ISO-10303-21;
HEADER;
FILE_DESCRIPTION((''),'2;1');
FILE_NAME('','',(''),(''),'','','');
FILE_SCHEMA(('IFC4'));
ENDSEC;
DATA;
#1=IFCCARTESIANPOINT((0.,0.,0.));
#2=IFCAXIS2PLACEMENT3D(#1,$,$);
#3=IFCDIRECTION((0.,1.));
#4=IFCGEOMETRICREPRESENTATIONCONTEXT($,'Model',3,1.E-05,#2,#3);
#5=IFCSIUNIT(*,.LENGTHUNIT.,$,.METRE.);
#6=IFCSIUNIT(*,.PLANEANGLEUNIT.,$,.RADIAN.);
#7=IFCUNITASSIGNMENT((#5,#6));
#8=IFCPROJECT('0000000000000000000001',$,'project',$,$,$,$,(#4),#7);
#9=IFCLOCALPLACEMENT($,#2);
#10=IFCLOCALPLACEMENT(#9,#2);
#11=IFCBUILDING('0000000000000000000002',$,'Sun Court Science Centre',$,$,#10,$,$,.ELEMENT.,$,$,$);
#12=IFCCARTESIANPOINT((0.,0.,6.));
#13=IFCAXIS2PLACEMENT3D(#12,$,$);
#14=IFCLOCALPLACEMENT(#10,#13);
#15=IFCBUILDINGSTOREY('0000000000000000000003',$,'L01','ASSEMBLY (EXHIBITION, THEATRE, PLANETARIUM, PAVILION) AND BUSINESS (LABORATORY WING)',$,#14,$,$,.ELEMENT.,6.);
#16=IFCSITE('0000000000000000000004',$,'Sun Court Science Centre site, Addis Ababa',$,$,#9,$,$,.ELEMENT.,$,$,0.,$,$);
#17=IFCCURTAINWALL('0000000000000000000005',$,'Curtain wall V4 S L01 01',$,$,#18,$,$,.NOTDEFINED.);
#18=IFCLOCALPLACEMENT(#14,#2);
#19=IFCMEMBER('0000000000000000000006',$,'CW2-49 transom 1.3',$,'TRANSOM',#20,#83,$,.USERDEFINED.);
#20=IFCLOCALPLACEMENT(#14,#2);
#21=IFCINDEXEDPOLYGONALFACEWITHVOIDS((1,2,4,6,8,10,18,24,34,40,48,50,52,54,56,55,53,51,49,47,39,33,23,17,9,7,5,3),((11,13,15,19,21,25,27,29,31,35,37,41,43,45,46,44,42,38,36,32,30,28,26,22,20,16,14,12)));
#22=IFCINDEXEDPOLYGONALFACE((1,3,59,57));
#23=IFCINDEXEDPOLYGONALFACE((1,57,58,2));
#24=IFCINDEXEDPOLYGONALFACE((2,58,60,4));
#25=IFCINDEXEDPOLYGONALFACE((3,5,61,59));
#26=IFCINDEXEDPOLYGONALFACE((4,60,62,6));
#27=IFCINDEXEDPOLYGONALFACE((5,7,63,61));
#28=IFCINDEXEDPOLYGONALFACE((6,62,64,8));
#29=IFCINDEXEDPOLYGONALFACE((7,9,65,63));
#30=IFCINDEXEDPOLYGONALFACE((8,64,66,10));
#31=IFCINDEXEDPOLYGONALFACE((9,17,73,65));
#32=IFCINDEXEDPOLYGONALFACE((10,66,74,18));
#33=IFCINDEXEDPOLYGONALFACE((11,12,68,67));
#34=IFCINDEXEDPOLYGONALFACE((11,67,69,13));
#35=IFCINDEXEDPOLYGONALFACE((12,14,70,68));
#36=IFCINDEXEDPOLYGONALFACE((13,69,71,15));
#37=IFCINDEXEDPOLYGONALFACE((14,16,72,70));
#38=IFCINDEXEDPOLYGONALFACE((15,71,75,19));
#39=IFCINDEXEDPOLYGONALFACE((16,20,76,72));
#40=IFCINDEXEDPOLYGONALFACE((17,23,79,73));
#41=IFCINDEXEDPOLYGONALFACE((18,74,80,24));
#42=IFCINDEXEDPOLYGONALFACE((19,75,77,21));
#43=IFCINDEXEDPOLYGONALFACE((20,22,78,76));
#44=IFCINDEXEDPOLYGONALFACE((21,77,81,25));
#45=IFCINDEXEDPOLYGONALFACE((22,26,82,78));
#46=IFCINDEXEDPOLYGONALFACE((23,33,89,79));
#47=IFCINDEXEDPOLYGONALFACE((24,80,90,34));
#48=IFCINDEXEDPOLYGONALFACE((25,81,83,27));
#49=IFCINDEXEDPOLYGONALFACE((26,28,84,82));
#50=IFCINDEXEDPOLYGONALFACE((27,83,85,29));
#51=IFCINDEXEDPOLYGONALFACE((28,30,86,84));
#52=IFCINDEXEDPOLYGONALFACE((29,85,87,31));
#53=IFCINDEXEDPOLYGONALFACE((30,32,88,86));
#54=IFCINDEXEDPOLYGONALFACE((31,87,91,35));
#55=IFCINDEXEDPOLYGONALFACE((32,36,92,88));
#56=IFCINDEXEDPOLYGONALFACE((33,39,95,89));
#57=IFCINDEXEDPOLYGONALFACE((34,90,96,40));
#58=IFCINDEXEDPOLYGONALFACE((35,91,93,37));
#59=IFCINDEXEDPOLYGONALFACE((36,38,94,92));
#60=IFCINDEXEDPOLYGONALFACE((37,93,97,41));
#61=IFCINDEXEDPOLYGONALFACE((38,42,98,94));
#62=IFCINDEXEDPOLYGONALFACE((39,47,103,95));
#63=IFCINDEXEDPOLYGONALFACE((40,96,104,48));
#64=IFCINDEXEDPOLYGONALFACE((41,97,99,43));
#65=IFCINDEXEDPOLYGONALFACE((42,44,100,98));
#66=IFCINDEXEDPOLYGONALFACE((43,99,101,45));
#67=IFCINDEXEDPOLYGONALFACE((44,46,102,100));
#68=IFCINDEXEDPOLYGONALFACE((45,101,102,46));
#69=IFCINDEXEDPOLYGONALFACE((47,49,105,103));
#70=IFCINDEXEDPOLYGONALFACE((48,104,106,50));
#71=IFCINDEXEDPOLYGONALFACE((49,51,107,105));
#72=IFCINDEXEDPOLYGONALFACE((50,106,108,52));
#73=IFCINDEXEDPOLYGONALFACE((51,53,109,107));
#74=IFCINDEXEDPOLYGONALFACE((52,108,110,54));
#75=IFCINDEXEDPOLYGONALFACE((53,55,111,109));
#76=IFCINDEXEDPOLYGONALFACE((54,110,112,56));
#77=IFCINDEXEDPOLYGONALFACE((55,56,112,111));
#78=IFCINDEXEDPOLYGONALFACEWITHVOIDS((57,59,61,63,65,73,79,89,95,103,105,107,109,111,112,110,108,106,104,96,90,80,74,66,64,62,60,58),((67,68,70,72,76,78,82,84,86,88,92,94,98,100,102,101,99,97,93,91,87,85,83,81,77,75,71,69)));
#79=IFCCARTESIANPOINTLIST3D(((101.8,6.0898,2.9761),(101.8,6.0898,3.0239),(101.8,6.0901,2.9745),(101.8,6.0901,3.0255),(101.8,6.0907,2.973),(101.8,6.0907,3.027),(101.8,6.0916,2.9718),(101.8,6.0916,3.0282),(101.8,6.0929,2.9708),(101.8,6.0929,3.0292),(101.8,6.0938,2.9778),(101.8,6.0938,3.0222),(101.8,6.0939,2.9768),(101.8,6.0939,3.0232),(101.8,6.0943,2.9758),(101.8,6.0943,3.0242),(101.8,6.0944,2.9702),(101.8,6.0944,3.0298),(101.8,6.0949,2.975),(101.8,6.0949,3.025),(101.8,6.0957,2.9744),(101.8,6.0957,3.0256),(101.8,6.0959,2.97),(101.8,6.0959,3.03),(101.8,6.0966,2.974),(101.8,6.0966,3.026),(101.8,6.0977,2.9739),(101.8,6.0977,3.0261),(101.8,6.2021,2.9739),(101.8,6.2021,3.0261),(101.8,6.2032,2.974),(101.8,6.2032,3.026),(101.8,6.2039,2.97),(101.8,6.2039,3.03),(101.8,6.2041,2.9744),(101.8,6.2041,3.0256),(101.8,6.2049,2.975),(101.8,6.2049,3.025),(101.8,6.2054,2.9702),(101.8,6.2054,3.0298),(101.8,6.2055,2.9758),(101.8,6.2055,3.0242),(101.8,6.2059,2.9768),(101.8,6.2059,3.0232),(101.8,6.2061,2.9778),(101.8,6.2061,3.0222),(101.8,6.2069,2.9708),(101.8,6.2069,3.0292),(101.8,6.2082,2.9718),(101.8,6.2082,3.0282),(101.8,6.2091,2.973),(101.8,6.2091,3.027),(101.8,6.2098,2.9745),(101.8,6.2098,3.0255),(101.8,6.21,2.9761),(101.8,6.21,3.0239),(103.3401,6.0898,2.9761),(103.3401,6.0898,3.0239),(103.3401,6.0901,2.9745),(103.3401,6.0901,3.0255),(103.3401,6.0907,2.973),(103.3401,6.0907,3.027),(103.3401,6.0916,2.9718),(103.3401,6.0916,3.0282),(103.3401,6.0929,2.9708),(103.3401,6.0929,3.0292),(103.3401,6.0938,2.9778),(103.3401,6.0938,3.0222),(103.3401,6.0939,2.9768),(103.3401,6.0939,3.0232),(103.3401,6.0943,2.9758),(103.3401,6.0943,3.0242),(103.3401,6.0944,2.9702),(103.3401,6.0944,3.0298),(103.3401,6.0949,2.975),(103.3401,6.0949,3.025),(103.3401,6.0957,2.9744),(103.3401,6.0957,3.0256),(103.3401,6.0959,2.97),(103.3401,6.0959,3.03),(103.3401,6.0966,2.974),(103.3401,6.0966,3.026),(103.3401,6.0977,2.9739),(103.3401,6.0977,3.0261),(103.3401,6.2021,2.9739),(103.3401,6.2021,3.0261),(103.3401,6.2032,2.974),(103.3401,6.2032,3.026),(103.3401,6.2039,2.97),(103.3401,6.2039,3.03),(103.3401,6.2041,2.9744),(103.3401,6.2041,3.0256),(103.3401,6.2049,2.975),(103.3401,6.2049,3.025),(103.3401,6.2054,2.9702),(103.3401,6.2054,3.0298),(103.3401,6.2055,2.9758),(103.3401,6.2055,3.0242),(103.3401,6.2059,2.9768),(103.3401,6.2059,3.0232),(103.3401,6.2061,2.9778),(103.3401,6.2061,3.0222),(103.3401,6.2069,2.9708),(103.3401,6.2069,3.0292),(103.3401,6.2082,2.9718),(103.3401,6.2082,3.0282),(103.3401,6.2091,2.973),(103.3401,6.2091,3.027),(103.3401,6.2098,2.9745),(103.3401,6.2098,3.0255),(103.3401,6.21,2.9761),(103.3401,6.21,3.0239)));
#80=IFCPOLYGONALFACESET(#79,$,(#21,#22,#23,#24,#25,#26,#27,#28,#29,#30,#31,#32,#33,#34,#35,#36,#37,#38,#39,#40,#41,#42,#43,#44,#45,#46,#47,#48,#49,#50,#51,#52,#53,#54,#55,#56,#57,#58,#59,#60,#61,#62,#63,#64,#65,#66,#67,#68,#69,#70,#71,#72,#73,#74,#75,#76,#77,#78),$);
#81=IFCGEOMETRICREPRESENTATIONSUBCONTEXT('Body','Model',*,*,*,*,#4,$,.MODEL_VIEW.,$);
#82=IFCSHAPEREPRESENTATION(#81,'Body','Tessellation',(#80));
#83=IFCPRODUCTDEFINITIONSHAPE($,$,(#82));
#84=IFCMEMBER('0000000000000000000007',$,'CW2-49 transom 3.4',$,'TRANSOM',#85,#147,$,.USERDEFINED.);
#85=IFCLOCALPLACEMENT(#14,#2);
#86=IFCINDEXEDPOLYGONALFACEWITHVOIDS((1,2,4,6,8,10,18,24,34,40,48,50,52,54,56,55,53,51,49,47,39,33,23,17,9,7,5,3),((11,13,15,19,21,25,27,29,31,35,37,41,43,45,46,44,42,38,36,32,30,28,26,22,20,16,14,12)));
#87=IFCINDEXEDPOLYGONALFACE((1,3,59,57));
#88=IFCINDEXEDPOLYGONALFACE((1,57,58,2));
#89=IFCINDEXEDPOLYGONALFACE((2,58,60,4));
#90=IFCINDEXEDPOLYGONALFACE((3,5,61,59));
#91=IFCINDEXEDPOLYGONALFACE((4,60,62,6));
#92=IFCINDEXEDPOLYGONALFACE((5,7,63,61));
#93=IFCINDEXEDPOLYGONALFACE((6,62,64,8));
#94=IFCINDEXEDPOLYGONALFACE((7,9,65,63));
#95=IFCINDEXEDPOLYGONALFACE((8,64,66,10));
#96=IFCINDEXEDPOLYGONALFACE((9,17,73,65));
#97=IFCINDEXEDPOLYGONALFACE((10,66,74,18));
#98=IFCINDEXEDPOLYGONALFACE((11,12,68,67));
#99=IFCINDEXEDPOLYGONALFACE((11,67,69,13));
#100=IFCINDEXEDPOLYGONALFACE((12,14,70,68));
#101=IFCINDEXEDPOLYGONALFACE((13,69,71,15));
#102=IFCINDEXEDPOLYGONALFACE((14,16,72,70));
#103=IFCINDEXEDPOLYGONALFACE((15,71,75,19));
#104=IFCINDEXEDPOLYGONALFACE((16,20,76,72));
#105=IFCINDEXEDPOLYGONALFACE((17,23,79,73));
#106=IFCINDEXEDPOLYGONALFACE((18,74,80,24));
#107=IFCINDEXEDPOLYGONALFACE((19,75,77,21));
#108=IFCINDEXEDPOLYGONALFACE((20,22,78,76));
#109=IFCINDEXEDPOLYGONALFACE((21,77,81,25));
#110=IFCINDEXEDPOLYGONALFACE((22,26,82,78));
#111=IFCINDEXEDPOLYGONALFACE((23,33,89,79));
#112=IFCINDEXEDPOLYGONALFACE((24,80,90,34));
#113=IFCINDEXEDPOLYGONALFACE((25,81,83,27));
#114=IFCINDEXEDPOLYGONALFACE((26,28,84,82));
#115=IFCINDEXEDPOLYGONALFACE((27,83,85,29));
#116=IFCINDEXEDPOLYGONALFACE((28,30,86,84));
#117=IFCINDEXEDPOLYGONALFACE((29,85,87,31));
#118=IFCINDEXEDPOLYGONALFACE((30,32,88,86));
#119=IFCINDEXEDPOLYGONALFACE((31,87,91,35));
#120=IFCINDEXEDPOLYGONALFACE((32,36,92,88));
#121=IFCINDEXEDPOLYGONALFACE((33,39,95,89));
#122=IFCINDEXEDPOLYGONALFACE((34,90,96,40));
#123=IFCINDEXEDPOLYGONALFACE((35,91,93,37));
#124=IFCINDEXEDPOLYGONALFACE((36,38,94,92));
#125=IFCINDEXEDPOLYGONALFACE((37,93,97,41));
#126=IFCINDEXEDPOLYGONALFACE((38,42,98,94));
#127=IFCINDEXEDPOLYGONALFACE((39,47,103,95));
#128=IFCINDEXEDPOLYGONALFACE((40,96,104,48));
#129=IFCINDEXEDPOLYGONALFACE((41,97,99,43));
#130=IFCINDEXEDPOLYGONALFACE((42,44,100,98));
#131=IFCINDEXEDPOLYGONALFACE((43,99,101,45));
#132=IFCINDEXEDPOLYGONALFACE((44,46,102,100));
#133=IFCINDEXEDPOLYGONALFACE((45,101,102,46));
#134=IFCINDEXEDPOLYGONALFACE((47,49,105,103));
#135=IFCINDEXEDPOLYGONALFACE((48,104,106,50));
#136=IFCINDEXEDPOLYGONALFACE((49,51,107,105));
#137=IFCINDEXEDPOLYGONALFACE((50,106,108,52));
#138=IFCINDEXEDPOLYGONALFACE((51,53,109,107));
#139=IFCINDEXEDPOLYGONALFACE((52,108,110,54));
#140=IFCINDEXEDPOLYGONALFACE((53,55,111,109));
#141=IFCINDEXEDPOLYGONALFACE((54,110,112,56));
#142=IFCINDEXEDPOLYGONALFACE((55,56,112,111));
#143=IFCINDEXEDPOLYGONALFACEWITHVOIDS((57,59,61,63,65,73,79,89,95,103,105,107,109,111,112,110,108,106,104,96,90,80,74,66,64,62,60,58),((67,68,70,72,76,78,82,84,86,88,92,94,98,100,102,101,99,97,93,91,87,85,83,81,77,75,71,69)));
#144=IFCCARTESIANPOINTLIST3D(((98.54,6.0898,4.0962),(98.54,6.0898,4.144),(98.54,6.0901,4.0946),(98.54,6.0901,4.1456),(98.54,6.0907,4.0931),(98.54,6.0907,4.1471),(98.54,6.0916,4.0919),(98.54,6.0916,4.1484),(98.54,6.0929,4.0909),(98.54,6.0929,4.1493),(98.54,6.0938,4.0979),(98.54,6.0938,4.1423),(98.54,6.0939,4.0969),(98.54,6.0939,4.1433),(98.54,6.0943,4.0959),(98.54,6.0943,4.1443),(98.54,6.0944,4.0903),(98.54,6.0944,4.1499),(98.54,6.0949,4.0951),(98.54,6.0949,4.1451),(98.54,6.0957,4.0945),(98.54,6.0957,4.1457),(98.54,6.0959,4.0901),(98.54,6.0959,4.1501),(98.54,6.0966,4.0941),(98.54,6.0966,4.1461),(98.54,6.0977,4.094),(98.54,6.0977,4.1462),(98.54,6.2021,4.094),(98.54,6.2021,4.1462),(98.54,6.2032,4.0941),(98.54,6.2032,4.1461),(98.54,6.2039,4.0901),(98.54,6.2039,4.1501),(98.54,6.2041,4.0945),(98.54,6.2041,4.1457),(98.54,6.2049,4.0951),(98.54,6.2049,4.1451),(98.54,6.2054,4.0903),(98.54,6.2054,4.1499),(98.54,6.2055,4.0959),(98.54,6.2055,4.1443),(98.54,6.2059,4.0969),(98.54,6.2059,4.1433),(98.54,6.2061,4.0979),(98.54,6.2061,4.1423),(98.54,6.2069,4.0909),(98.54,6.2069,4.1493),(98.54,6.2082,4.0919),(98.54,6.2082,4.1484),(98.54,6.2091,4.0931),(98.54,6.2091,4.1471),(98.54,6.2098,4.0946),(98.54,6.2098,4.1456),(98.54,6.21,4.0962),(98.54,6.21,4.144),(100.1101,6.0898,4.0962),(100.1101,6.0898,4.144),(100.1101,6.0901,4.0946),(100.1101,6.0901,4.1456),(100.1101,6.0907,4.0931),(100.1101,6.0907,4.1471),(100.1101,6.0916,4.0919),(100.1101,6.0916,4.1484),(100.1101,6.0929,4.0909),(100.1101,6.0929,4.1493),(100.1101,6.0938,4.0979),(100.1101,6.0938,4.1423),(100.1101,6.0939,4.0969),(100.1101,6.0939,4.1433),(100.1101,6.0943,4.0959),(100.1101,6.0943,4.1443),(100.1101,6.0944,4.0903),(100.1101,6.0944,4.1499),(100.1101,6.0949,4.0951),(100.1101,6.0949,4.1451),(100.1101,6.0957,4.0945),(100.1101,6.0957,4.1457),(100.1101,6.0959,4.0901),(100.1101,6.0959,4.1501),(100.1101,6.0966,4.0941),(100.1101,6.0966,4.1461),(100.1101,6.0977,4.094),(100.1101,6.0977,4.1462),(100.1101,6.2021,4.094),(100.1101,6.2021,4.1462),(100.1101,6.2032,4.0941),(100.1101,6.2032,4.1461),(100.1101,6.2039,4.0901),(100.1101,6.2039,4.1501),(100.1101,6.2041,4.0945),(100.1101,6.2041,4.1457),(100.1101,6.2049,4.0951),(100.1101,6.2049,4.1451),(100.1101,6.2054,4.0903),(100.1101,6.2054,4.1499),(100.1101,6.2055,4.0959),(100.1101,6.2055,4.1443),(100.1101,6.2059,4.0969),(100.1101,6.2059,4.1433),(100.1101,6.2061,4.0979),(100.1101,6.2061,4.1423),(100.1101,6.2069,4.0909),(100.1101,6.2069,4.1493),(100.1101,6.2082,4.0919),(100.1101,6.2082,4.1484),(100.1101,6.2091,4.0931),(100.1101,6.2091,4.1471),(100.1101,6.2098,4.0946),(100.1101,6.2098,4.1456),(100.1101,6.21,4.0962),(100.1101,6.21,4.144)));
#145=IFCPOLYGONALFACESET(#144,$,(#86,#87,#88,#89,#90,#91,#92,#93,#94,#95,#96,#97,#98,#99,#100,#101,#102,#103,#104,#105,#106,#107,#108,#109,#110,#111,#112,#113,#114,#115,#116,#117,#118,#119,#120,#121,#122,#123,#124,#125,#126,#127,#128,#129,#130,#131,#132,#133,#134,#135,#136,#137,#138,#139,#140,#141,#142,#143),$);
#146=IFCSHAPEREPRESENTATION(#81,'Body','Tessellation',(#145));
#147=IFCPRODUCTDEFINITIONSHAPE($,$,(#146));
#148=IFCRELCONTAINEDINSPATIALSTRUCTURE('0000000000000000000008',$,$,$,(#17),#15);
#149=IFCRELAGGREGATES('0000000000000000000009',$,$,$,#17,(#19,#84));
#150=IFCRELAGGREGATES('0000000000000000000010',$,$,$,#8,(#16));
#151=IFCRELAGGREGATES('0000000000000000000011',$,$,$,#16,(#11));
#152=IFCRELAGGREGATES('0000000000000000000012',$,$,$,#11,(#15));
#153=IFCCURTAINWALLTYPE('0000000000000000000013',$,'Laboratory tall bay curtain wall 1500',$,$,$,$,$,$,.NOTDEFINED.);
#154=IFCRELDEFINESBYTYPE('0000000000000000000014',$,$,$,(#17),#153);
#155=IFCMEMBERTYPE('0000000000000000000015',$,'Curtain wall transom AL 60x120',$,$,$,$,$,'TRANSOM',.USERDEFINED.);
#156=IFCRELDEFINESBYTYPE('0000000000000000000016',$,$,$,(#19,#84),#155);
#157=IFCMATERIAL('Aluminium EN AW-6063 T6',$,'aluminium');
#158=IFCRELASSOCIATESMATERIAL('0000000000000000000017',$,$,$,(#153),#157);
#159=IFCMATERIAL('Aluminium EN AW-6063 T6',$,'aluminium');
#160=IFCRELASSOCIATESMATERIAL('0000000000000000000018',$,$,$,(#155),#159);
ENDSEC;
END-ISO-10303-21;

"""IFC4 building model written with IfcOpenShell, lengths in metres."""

from ifc_helpers import new_model, si_unit, direction, frame, origin, origin_2d, place, context, subcontext, project, spatial, hollow_rectangle, extrude, material, material_profile, profile_set, type_object, element, aggregate, save


model = new_model("IFC4")

# Units and contexts
model_context = context("Model", 3, precision=1e-05, world=origin(), true_north=direction((0.0, 1.0)))
body_context = subcontext(model_context, "Body", "Model", "MODEL_VIEW")
ifc_project = project(units=[si_unit("LENGTHUNIT", "METRE"), si_unit("PLANEANGLEUNIT", "RADIAN")], contexts=[model_context])

# Site, building, storey
site_placement = place(None, origin())
site = spatial("IfcSite", under=ifc_project, at=site_placement, Name="Sun Court Science Centre site, Addis Ababa", CompositionType="ELEMENT", RefElevation=0.0)
building_placement = place(site_placement, origin())
building = spatial("IfcBuilding", under=site, at=building_placement, Name="Sun Court Science Centre", CompositionType="ELEMENT")
storey_placement = place(building_placement, frame((0.0, 0.0, 6.0)))
storey = spatial("IfcBuildingStorey", under=building, at=storey_placement, Name="L01", Description="ASSEMBLY (EXHIBITION, THEATRE, PLANETARIUM, PAVILION) AND BUSINESS (LABORATORY WING)", CompositionType="ELEMENT", Elevation=6.0)

# Curtain wall, members
ifc_material_1 = material(Name="Aluminium EN AW-6063 T6", Category="aluminium")
curtain_wall_type = type_object("IfcCurtainWallType", Name="Laboratory tall bay curtain wall 1500", PredefinedType="NOTDEFINED", material=ifc_material_1)
curtain_wall_placement = place(storey_placement, origin())
curtain_wall = element("IfcCurtainWall", 1, at=curtain_wall_placement, inside=storey, type_object=curtain_wall_type, Name="Curtain wall V4 S L01 01", PredefinedType="NOTDEFINED")
ifc_material_2 = material(Name="Aluminium EN AW-6063 T6", Category="aluminium")
ifc_material_profile_1 = material_profile(ifc_material_2, hollow_rectangle(XDim=0.0601, YDim=0.1201, WallThickness=0.0039, InnerFilletRadius=0.0039, OuterFilletRadius=0.0061, at=origin_2d()), Name="AL 60x120x4")
ifc_profile_set_1 = profile_set([ifc_material_profile_1], Name="Aluminium EN AW-6063 T6")
member_type_1 = type_object("IfcMemberType", Name="Curtain wall transom AL 60x120", ElementType="TRANSOM", PredefinedType="USERDEFINED", material=ifc_profile_set_1)
member_1_placement = place(storey_placement, frame((103.3401, 6.1499, 3.0), z_axis=(-1.0, 0.0, 0.0), x_axis=(0.0, 0.0, 1.0)))
member_1 = element("IfcMember", 2, at=member_1_placement, type_object=member_type_1, Name="CW2-49 transom 1.3", ObjectType="TRANSOM", PredefinedType="USERDEFINED", context=body_context, shape_type="SweptSolid", body=[
    extrude(hollow_rectangle(XDim=0.0601, YDim=0.1201, WallThickness=0.0039, InnerFilletRadius=0.0039, OuterFilletRadius=0.0061, at=origin_2d()), origin(), (0.0, 0.0, 1.0), 1.54),
])
member_2_placement = place(storey_placement, frame((100.1101, 6.1499, 4.1201), z_axis=(-1.0, 0.0, 0.0), x_axis=(0.0, 0.0, 1.0)))
member_2 = element("IfcMember", 3, at=member_2_placement, type_object=member_type_1, Name="CW2-49 transom 3.4", ObjectType="TRANSOM", PredefinedType="USERDEFINED", context=body_context, shape_type="SweptSolid", body=[
    extrude(hollow_rectangle(XDim=0.0601, YDim=0.1201, WallThickness=0.0039, InnerFilletRadius=0.0039, OuterFilletRadius=0.0061, at=origin_2d()), origin(), (0.0, 0.0, 1.0), 1.5701),
])

aggregate(curtain_wall, [member_1, member_2])

save(model, "model.ifc")
